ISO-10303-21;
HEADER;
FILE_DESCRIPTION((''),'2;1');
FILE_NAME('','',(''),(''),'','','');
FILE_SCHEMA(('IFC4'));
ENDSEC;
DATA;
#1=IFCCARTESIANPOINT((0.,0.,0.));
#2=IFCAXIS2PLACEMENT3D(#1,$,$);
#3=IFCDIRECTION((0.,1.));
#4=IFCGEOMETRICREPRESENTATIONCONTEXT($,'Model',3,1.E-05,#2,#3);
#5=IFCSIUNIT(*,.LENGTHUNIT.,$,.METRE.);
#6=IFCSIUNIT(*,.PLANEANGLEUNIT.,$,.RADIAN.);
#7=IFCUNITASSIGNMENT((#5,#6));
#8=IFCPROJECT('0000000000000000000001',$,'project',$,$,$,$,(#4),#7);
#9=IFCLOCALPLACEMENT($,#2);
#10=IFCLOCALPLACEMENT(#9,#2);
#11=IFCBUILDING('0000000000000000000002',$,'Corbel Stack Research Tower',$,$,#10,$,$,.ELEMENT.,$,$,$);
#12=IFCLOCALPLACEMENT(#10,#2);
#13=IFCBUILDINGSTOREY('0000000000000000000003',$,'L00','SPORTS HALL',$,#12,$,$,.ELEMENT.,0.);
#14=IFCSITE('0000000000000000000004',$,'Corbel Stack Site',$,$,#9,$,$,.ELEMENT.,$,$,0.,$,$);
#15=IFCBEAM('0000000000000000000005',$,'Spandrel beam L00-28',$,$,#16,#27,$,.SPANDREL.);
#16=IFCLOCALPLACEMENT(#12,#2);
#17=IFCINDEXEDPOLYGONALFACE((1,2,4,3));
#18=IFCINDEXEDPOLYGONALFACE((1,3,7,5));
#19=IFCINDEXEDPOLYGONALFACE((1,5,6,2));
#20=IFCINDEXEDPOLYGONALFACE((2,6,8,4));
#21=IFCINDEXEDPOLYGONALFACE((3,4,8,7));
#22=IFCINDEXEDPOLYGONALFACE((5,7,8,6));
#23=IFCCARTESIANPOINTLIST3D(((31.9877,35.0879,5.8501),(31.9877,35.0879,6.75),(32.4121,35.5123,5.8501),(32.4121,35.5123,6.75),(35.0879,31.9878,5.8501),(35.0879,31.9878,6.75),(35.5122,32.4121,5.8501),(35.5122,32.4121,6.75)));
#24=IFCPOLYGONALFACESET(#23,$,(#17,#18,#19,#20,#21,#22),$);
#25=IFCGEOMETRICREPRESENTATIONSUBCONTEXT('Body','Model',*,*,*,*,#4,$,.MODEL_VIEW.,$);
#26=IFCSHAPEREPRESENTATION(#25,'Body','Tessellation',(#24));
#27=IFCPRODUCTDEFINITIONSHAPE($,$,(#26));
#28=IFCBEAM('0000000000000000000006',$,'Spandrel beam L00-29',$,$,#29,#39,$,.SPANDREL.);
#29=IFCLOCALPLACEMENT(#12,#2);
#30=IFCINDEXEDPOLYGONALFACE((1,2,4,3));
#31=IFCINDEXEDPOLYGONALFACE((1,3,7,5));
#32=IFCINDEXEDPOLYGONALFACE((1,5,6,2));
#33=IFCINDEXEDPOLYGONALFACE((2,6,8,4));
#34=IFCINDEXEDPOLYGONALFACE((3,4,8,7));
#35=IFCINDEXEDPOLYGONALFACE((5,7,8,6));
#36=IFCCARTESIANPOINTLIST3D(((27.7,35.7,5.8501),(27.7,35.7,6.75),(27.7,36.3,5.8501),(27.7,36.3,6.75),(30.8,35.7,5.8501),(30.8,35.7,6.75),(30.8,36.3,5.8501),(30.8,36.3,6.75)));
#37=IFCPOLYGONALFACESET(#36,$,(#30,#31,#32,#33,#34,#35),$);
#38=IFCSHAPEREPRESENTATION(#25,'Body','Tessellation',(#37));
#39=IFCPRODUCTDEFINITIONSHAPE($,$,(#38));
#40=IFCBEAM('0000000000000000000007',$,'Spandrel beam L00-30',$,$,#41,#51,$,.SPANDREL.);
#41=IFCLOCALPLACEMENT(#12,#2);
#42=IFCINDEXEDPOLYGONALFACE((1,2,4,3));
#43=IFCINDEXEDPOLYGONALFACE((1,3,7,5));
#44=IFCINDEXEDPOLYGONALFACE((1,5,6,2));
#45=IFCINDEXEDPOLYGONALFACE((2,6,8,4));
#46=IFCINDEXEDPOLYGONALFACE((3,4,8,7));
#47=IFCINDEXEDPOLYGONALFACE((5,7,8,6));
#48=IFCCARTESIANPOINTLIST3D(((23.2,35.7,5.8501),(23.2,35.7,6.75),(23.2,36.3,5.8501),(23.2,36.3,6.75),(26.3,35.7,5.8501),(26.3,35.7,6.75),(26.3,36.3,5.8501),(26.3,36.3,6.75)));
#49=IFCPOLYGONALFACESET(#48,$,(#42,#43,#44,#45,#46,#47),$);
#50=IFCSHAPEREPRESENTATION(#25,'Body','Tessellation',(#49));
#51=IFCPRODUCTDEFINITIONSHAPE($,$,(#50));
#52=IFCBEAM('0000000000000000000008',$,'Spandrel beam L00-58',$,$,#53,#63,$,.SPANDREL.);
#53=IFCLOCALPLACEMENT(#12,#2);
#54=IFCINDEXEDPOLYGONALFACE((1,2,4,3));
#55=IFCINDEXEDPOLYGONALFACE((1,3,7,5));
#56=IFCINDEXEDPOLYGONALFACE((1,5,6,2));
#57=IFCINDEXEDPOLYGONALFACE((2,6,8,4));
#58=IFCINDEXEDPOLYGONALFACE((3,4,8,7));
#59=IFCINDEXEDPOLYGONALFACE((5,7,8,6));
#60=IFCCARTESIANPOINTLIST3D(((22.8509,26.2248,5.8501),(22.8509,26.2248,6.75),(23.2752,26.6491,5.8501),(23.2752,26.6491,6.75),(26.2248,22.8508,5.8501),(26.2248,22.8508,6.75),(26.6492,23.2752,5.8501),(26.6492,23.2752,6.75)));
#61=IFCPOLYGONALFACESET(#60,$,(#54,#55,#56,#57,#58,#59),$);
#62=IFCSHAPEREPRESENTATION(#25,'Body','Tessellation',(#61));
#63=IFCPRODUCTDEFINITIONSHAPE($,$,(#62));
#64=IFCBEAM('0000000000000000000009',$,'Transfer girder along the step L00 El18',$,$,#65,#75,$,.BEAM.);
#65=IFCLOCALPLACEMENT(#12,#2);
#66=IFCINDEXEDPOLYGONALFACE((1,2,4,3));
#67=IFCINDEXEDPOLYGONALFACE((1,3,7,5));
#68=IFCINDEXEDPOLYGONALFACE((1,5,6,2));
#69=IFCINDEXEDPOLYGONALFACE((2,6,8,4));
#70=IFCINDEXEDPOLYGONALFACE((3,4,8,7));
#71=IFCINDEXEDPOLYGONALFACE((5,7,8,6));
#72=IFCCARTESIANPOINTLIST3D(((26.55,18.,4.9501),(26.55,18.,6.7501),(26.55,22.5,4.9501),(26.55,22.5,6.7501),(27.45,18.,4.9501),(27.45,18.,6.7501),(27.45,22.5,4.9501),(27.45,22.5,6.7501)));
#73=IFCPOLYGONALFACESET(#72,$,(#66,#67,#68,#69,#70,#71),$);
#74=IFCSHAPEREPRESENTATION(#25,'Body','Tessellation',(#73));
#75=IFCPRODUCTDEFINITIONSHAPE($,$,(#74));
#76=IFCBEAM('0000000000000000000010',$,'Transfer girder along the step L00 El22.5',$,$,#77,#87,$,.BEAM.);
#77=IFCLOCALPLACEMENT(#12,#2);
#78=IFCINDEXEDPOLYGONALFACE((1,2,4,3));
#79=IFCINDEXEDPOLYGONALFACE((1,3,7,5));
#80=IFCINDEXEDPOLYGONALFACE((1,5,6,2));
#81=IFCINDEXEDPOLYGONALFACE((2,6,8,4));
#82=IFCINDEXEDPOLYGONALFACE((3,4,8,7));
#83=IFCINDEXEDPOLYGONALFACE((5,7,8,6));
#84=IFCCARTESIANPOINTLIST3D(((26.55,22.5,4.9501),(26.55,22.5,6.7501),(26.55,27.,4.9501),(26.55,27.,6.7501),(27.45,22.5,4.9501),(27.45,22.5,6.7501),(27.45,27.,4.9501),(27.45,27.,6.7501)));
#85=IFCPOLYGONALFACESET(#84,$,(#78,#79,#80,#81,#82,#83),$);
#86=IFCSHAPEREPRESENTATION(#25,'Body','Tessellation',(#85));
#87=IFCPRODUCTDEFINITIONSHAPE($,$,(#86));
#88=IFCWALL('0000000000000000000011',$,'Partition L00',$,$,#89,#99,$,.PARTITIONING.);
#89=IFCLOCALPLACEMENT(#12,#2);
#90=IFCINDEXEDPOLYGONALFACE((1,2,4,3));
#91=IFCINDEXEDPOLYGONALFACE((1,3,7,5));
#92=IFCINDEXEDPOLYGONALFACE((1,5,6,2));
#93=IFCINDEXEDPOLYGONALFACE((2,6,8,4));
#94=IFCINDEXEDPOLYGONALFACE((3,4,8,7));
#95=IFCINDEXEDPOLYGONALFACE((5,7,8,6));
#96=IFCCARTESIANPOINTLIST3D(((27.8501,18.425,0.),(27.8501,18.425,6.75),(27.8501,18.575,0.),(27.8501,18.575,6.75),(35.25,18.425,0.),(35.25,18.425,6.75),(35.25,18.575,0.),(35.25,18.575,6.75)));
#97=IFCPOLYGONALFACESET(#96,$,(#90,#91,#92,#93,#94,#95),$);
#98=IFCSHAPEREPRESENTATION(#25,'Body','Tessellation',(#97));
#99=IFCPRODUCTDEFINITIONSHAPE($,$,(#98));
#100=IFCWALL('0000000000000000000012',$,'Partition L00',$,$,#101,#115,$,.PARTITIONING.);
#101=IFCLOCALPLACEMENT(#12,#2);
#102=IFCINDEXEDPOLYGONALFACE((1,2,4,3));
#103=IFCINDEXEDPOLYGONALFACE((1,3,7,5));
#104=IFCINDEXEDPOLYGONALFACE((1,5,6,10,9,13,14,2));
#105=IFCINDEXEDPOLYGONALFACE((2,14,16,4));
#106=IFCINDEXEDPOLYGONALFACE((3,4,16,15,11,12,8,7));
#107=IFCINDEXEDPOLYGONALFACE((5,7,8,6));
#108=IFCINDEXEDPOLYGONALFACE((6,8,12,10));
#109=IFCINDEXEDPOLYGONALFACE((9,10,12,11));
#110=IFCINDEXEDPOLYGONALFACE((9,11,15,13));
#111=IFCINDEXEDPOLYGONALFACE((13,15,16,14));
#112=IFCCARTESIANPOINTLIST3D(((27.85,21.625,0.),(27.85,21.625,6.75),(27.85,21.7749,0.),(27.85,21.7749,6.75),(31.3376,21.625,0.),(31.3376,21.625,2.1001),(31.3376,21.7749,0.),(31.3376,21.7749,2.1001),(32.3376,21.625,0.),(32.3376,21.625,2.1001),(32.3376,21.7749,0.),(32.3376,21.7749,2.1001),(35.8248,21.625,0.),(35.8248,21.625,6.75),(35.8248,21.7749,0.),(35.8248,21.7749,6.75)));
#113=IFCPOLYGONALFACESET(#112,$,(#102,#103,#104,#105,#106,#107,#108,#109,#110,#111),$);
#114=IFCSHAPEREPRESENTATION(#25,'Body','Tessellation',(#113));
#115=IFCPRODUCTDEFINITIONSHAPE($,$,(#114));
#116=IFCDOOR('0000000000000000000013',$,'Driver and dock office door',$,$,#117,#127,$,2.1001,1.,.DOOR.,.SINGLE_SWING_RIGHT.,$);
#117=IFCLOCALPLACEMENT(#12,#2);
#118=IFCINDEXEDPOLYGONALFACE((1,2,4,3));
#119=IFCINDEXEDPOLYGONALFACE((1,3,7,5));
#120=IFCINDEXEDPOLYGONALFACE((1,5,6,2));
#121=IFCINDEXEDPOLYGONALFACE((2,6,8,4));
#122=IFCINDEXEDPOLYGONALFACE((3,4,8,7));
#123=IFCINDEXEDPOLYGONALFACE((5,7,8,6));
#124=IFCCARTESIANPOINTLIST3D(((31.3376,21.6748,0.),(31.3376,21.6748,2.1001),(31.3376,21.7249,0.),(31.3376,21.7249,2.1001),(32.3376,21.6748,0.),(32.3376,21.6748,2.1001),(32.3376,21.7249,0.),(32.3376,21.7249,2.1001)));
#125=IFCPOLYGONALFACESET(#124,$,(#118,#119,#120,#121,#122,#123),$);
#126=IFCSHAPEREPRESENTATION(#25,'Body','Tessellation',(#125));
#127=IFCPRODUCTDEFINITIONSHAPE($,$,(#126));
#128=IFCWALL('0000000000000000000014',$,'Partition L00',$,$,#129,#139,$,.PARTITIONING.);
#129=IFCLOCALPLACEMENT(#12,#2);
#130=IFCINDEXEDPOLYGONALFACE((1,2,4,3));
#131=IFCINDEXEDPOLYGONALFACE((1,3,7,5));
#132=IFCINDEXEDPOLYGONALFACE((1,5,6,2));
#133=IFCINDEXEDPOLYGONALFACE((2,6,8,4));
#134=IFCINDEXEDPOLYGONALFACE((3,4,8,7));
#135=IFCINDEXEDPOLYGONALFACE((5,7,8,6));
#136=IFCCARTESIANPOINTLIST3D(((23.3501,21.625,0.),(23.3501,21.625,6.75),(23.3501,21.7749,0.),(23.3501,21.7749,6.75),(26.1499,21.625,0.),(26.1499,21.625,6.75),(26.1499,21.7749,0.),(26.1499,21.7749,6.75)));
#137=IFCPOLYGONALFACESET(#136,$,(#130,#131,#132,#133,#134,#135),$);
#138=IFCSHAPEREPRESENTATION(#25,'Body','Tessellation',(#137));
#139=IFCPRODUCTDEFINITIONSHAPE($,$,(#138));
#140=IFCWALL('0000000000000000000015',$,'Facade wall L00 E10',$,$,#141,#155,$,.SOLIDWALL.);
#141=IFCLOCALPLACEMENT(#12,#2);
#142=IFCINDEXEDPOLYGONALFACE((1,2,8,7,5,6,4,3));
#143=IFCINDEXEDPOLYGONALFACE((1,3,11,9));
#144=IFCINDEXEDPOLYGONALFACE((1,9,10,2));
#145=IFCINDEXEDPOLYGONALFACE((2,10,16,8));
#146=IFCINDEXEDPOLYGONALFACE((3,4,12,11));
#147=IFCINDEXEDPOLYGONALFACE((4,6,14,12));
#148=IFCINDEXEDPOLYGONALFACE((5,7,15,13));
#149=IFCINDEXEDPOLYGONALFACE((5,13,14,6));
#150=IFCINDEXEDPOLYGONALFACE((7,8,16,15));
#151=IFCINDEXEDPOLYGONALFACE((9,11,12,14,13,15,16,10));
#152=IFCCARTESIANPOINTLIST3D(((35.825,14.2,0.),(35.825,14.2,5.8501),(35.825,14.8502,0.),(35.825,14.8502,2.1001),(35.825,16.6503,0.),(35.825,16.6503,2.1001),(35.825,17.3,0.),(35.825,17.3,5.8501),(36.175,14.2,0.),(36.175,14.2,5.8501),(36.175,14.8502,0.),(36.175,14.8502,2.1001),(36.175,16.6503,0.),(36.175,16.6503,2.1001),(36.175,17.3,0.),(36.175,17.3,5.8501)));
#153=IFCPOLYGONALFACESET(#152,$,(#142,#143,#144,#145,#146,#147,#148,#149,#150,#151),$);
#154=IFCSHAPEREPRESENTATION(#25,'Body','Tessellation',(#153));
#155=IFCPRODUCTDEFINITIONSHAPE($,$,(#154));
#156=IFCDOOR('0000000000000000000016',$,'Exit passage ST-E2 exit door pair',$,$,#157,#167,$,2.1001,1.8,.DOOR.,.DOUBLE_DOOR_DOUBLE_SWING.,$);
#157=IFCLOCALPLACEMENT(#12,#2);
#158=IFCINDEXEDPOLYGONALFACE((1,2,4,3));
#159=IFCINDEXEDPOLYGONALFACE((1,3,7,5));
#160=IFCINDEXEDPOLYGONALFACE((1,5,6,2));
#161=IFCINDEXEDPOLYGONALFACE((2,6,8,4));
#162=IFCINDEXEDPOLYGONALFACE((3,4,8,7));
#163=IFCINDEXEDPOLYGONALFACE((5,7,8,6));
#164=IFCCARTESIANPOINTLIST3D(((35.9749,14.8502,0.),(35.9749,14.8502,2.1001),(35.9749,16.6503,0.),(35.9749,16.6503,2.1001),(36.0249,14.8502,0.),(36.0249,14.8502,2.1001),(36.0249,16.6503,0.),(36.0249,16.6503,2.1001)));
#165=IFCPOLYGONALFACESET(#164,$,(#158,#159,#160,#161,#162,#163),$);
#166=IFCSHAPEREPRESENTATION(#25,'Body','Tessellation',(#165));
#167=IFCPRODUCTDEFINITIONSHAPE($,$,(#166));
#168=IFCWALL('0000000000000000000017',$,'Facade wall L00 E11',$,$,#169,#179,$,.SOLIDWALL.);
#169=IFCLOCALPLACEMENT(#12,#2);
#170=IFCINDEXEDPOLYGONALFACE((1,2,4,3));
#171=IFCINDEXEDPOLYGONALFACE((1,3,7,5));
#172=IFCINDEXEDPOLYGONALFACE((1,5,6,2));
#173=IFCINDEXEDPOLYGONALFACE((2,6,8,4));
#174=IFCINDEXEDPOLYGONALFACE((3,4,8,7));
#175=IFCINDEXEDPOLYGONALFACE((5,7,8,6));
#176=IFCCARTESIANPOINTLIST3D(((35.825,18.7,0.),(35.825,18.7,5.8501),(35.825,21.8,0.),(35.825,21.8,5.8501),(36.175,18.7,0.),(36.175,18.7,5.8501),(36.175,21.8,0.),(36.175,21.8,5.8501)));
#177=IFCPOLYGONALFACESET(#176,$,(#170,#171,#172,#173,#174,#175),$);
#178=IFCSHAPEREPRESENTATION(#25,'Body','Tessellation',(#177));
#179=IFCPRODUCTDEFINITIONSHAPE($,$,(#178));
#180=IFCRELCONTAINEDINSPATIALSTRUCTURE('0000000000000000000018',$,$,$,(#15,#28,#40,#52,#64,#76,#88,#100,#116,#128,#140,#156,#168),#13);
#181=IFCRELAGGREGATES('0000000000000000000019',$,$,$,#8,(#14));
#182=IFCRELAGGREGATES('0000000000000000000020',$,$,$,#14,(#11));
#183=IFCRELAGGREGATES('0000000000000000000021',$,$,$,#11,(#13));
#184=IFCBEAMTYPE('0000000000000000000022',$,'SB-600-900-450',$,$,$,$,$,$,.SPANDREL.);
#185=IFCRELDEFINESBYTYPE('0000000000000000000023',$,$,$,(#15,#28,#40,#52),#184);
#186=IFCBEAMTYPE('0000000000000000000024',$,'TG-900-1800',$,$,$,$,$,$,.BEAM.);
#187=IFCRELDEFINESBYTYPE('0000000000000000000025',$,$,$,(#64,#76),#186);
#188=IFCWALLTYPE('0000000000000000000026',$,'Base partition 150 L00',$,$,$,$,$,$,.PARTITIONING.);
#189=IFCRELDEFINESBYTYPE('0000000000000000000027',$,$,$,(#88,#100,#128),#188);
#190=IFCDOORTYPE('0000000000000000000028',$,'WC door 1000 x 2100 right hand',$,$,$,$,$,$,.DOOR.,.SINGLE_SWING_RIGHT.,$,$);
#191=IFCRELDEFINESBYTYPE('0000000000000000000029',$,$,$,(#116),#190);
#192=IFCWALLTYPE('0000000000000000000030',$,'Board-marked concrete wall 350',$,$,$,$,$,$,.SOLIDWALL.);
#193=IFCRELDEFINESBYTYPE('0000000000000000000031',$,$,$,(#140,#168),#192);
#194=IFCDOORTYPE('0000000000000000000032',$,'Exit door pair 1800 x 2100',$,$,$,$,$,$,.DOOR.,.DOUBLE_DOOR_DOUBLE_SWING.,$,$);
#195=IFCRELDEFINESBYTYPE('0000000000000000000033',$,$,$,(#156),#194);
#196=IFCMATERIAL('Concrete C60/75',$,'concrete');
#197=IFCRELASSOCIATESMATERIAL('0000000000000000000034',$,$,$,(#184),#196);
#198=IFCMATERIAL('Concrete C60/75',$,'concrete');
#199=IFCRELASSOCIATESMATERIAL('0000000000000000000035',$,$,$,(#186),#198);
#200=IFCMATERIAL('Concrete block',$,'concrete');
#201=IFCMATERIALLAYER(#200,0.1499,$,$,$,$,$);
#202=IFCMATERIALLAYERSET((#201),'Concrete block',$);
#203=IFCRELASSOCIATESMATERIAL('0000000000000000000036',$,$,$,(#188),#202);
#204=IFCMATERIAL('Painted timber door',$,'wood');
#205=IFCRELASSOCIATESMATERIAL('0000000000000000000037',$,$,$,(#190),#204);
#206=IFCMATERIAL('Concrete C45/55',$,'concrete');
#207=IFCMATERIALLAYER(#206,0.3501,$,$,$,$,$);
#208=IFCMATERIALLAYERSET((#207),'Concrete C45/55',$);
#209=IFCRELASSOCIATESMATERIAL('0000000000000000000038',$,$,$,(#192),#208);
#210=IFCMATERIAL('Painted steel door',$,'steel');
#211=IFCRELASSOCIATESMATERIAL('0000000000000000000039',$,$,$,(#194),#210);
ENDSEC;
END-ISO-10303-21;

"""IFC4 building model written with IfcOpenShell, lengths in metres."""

from ifc_helpers import new_model, si_unit, direction, frame, frame_2d, origin, origin_2d, place, context, subcontext, project, spatial, rectangle, extrude, material, layer, layer_set, material_profile, profile_set, type_object, element, fill, save


model = new_model("IFC4")

# Units and contexts
model_context = context("Model", 3, precision=1e-05, world=origin(), true_north=direction((0.0, 1.0)))
body_context = subcontext(model_context, "Body", "Model", "MODEL_VIEW")
ifc_project = project(units=[si_unit("LENGTHUNIT", "METRE"), si_unit("PLANEANGLEUNIT", "RADIAN")], contexts=[model_context])

# Site, building, storey
site_placement = place(None, origin())
site = spatial("IfcSite", under=ifc_project, at=site_placement, Name="Corbel Stack Site", CompositionType="ELEMENT", RefElevation=0.0)
building_placement = place(site_placement, origin())
building = spatial("IfcBuilding", under=site, at=building_placement, Name="Corbel Stack Research Tower", CompositionType="ELEMENT")
storey_placement = place(building_placement, origin())
storey = spatial("IfcBuildingStorey", under=building, at=storey_placement, Name="L00", Description="SPORTS HALL", CompositionType="ELEMENT", Elevation=0.0)

# Beams
ifc_material_1 = material(Name="Concrete C60/75", Category="concrete")
ifc_material_profile_1 = material_profile(ifc_material_1, rectangle(XDim=0.6001, YDim=0.8999, at=origin_2d()), Name="RC 600 x 900")
ifc_profile_set_1 = profile_set([ifc_material_profile_1], Name="Concrete C60/75")
beam_type_1 = type_object("IfcBeamType", Name="SB-600-900-450", PredefinedType="SPANDREL", material=ifc_profile_set_1)
beam_1_placement = place(storey_placement, frame((35.3, 32.2, 6.3), z_axis=(-0.707107, 0.707107, 0.0), x_axis=(-0.707107, -0.707107, 0.0)))
element("IfcBeam", 1, at=beam_1_placement, inside=storey, type_object=beam_type_1, Name="Spandrel beam L00-28", PredefinedType="SPANDREL", context=body_context, shape_type="SweptSolid", body=[
    extrude(rectangle(XDim=0.6001, YDim=0.8999, at=origin_2d()), origin(), (0.0, 0.0, 1.0), 4.3843),
])
for number, where, z_axis, x_axis, name in (
    (2, (30.8, 36.0, 6.3), (-1.0, 0.0, 0.0), (0.0, -1.0, 0.0), "Spandrel beam L00-29"),
    (3, (26.3, 36.0, 6.3), (-1.0, 0.0, 0.0), (0.0, -1.0, 0.0), "Spandrel beam L00-30"),
):
    element("IfcBeam", number, at=place(storey_placement, frame(where, z_axis=z_axis, x_axis=x_axis)), inside=storey, type_object=beam_type_1, Name=name, PredefinedType="SPANDREL", context=body_context, shape_type="SweptSolid", body=[
        extrude(rectangle(XDim=0.6001, YDim=0.8999, at=origin_2d()), origin(), (0.0, 0.0, 1.0), 3.1001),
    ])
beam_2_placement = place(storey_placement, frame((26.437, 23.063, 6.3), z_axis=(-0.707107, 0.707107, 0.0), x_axis=(-0.707107, -0.707107, 0.0)))
element("IfcBeam", 4, at=beam_2_placement, inside=storey, type_object=beam_type_1, Name="Spandrel beam L00-58", PredefinedType="SPANDREL", context=body_context, shape_type="SweptSolid", body=[
    extrude(rectangle(XDim=0.6001, YDim=0.8999, at=origin_2d()), origin(), (0.0, 0.0, 1.0), 4.7715),
])
ifc_material_2 = material(Name="Concrete C60/75", Category="concrete")
ifc_material_profile_2 = material_profile(ifc_material_2, rectangle(XDim=0.8999, YDim=1.8, at=origin_2d()), Name="RC 900 x 1800")
ifc_profile_set_2 = profile_set([ifc_material_profile_2], Name="Concrete C60/75")
beam_type_2 = type_object("IfcBeamType", Name="TG-900-1800", PredefinedType="BEAM", material=ifc_profile_set_2)
for number, where, z_axis, x_axis, name in (
    (5, (27.0, 18.0, 5.8501), (0.0, 1.0, 0.0), (-1.0, 0.0, 0.0), "Transfer girder along the step L00 El18"),
    (6, (27.0, 22.5, 5.8501), (0.0, 1.0, 0.0), (-1.0, 0.0, 0.0), "Transfer girder along the step L00 El22.5"),
):
    element("IfcBeam", number, at=place(storey_placement, frame(where, z_axis=z_axis, x_axis=x_axis)), inside=storey, type_object=beam_type_2, Name=name, PredefinedType="BEAM", context=body_context, shape_type="SweptSolid", body=[
        extrude(rectangle(XDim=0.8999, YDim=1.8, at=origin_2d()), origin(), (0.0, 0.0, 1.0), 4.5),
    ])

# Wall
ifc_material_3 = material(Name="Concrete block", Category="concrete")
ifc_layer_1 = layer(ifc_material_3, 0.1499)
ifc_layer_set_1 = layer_set([ifc_layer_1], Name="Concrete block")
wall_type_1 = type_object("IfcWallType", Name="Base partition 150 L00", PredefinedType="PARTITIONING", material=ifc_layer_set_1)
wall_1_placement = place(storey_placement, frame((27.8501, 18.5, 0.0), z_axis=(0.0, 0.0, 1.0), x_axis=(1.0, 0.0, 0.0)))
element("IfcWall", 7, at=wall_1_placement, inside=storey, type_object=wall_type_1, Name="Partition L00", PredefinedType="PARTITIONING", context=body_context, shape_type="SweptSolid", body=[
    extrude(rectangle(XDim=7.3999, YDim=0.1499, at=frame_2d((3.7, 0.0))), origin(), (0.0, 0.0, 1.0), 6.75),
])

# Wall, opening, door
wall_2_placement = place(storey_placement, frame((27.8501, 21.7, 0.0), z_axis=(0.0, 0.0, 1.0), x_axis=(1.0, 0.0, 0.0)))
wall_2 = element("IfcWall", 8, at=wall_2_placement, inside=storey, type_object=wall_type_1, Name="Partition L00", PredefinedType="PARTITIONING", context=body_context, shape_type="SweptSolid", body=[
    extrude(rectangle(XDim=7.9749, YDim=0.1499, at=frame_2d((3.9873, 0.0))), origin(), (0.0, 0.0, 1.0), 6.75),
])
opening_1_placement = place(wall_2_placement, frame((3.4875, 0.0, 0.0)))
opening_1 = element("IfcOpeningElement", 9, at=opening_1_placement, cuts=wall_2, PredefinedType="OPENING", context=body_context, shape_type="SweptSolid", body=[
    extrude(rectangle(XDim=1.0, YDim=2.1001, at=frame_2d((0.5, 1.05))), frame((0.0, 0.085, 0.0), z_axis=(0.0, -1.0, 0.0), x_axis=(1.0, 0.0, 0.0)), (0.0, 0.0, 1.0), 0.1699),
])
ifc_material_4 = material(Name="Painted timber door", Category="wood")
door_type_1 = type_object("IfcDoorType", Name="WC door 1000 x 2100 right hand", OperationType="SINGLE_SWING_RIGHT", PredefinedType="DOOR", material=ifc_material_4)
door_1_placement = place(opening_1_placement, origin())
door_1 = element("IfcDoor", 10, at=door_1_placement, inside=storey, type_object=door_type_1, Name="Driver and dock office door", OperationType="SINGLE_SWING_RIGHT", OverallHeight=2.1001, OverallWidth=1.0, PredefinedType="DOOR", context=body_context, shape_type="SweptSolid", body=[
    extrude(rectangle(XDim=1.0, YDim=2.1001, at=frame_2d((0.5, 1.05))), frame((0.0, 0.0249, 0.0), z_axis=(0.0, -1.0, 0.0), x_axis=(1.0, 0.0, 0.0)), (0.0, 0.0, 1.0), 0.05),
])
fill(opening_1, door_1)

# Wall
wall_3_placement = place(storey_placement, frame((23.3501, 21.7, 0.0), z_axis=(0.0, 0.0, 1.0), x_axis=(1.0, 0.0, 0.0)))
element("IfcWall", 11, at=wall_3_placement, inside=storey, type_object=wall_type_1, Name="Partition L00", PredefinedType="PARTITIONING", context=body_context, shape_type="SweptSolid", body=[
    extrude(rectangle(XDim=2.7998, YDim=0.1499, at=frame_2d((1.3999, 0.0))), origin(), (0.0, 0.0, 1.0), 6.75),
])

# Wall, opening, door
ifc_material_5 = material(Name="Concrete C45/55", Category="concrete")
ifc_layer_2 = layer(ifc_material_5, 0.3501)
ifc_layer_set_2 = layer_set([ifc_layer_2], Name="Concrete C45/55")
wall_type_2 = type_object("IfcWallType", Name="Board-marked concrete wall 350", PredefinedType="SOLIDWALL", material=ifc_layer_set_2)
wall_4_placement = place(storey_placement, frame((36.0, 17.3, 0.0), z_axis=(0.0, 0.0, 1.0), x_axis=(0.0, -1.0, 0.0)))
wall_4 = element("IfcWall", 12, at=wall_4_placement, inside=storey, type_object=wall_type_2, Name="Facade wall L00 E10", PredefinedType="SOLIDWALL", context=body_context, shape_type="SweptSolid", body=[
    extrude(rectangle(XDim=3.1001, YDim=0.3501, at=frame_2d((1.55, 0.0))), origin(), (0.0, 0.0, 1.0), 5.8501),
])
opening_2_placement = place(wall_4_placement, frame((0.6499, 0.0, 0.0)))
opening_2 = element("IfcOpeningElement", 13, at=opening_2_placement, cuts=wall_4, PredefinedType="OPENING", context=body_context, shape_type="SweptSolid", body=[
    extrude(rectangle(XDim=1.8, YDim=2.1001, at=frame_2d((0.8999, 1.05))), frame((0.0, 0.1851, 0.0), z_axis=(0.0, -1.0, 0.0), x_axis=(1.0, 0.0, 0.0)), (0.0, 0.0, 1.0), 0.3701),
])
ifc_material_6 = material(Name="Painted steel door", Category="steel")
door_type_2 = type_object("IfcDoorType", Name="Exit door pair 1800 x 2100", OperationType="DOUBLE_DOOR_DOUBLE_SWING", PredefinedType="DOOR", material=ifc_material_6)
door_2_placement = place(opening_2_placement, origin())
door_2 = element("IfcDoor", 14, at=door_2_placement, inside=storey, type_object=door_type_2, Name="Exit passage ST-E2 exit door pair", OperationType="DOUBLE_DOOR_DOUBLE_SWING", OverallHeight=2.1001, OverallWidth=1.8, PredefinedType="DOOR", context=body_context, shape_type="SweptSolid", body=[
    extrude(rectangle(XDim=1.8, YDim=2.1001, at=frame_2d((0.8999, 1.05))), frame((0.0, 0.0249, 0.0), z_axis=(0.0, -1.0, 0.0), x_axis=(1.0, 0.0, 0.0)), (0.0, 0.0, 1.0), 0.05),
])
fill(opening_2, door_2)

# Wall
for number, where, z_axis, x_axis, name in (
    (15, (36.0, 21.8, 0.0), (0.0, 0.0, 1.0), (0.0, -1.0, 0.0), "Facade wall L00 E11"),
):
    element("IfcWall", number, at=place(storey_placement, frame(where, z_axis=z_axis, x_axis=x_axis)), inside=storey, type_object=wall_type_2, Name=name, PredefinedType="SOLIDWALL", context=body_context, shape_type="SweptSolid", body=[
        extrude(rectangle(XDim=3.1001, YDim=0.3501, at=frame_2d((1.55, 0.0))), origin(), (0.0, 0.0, 1.0), 5.8501),
    ])

save(model, "model.ifc")
